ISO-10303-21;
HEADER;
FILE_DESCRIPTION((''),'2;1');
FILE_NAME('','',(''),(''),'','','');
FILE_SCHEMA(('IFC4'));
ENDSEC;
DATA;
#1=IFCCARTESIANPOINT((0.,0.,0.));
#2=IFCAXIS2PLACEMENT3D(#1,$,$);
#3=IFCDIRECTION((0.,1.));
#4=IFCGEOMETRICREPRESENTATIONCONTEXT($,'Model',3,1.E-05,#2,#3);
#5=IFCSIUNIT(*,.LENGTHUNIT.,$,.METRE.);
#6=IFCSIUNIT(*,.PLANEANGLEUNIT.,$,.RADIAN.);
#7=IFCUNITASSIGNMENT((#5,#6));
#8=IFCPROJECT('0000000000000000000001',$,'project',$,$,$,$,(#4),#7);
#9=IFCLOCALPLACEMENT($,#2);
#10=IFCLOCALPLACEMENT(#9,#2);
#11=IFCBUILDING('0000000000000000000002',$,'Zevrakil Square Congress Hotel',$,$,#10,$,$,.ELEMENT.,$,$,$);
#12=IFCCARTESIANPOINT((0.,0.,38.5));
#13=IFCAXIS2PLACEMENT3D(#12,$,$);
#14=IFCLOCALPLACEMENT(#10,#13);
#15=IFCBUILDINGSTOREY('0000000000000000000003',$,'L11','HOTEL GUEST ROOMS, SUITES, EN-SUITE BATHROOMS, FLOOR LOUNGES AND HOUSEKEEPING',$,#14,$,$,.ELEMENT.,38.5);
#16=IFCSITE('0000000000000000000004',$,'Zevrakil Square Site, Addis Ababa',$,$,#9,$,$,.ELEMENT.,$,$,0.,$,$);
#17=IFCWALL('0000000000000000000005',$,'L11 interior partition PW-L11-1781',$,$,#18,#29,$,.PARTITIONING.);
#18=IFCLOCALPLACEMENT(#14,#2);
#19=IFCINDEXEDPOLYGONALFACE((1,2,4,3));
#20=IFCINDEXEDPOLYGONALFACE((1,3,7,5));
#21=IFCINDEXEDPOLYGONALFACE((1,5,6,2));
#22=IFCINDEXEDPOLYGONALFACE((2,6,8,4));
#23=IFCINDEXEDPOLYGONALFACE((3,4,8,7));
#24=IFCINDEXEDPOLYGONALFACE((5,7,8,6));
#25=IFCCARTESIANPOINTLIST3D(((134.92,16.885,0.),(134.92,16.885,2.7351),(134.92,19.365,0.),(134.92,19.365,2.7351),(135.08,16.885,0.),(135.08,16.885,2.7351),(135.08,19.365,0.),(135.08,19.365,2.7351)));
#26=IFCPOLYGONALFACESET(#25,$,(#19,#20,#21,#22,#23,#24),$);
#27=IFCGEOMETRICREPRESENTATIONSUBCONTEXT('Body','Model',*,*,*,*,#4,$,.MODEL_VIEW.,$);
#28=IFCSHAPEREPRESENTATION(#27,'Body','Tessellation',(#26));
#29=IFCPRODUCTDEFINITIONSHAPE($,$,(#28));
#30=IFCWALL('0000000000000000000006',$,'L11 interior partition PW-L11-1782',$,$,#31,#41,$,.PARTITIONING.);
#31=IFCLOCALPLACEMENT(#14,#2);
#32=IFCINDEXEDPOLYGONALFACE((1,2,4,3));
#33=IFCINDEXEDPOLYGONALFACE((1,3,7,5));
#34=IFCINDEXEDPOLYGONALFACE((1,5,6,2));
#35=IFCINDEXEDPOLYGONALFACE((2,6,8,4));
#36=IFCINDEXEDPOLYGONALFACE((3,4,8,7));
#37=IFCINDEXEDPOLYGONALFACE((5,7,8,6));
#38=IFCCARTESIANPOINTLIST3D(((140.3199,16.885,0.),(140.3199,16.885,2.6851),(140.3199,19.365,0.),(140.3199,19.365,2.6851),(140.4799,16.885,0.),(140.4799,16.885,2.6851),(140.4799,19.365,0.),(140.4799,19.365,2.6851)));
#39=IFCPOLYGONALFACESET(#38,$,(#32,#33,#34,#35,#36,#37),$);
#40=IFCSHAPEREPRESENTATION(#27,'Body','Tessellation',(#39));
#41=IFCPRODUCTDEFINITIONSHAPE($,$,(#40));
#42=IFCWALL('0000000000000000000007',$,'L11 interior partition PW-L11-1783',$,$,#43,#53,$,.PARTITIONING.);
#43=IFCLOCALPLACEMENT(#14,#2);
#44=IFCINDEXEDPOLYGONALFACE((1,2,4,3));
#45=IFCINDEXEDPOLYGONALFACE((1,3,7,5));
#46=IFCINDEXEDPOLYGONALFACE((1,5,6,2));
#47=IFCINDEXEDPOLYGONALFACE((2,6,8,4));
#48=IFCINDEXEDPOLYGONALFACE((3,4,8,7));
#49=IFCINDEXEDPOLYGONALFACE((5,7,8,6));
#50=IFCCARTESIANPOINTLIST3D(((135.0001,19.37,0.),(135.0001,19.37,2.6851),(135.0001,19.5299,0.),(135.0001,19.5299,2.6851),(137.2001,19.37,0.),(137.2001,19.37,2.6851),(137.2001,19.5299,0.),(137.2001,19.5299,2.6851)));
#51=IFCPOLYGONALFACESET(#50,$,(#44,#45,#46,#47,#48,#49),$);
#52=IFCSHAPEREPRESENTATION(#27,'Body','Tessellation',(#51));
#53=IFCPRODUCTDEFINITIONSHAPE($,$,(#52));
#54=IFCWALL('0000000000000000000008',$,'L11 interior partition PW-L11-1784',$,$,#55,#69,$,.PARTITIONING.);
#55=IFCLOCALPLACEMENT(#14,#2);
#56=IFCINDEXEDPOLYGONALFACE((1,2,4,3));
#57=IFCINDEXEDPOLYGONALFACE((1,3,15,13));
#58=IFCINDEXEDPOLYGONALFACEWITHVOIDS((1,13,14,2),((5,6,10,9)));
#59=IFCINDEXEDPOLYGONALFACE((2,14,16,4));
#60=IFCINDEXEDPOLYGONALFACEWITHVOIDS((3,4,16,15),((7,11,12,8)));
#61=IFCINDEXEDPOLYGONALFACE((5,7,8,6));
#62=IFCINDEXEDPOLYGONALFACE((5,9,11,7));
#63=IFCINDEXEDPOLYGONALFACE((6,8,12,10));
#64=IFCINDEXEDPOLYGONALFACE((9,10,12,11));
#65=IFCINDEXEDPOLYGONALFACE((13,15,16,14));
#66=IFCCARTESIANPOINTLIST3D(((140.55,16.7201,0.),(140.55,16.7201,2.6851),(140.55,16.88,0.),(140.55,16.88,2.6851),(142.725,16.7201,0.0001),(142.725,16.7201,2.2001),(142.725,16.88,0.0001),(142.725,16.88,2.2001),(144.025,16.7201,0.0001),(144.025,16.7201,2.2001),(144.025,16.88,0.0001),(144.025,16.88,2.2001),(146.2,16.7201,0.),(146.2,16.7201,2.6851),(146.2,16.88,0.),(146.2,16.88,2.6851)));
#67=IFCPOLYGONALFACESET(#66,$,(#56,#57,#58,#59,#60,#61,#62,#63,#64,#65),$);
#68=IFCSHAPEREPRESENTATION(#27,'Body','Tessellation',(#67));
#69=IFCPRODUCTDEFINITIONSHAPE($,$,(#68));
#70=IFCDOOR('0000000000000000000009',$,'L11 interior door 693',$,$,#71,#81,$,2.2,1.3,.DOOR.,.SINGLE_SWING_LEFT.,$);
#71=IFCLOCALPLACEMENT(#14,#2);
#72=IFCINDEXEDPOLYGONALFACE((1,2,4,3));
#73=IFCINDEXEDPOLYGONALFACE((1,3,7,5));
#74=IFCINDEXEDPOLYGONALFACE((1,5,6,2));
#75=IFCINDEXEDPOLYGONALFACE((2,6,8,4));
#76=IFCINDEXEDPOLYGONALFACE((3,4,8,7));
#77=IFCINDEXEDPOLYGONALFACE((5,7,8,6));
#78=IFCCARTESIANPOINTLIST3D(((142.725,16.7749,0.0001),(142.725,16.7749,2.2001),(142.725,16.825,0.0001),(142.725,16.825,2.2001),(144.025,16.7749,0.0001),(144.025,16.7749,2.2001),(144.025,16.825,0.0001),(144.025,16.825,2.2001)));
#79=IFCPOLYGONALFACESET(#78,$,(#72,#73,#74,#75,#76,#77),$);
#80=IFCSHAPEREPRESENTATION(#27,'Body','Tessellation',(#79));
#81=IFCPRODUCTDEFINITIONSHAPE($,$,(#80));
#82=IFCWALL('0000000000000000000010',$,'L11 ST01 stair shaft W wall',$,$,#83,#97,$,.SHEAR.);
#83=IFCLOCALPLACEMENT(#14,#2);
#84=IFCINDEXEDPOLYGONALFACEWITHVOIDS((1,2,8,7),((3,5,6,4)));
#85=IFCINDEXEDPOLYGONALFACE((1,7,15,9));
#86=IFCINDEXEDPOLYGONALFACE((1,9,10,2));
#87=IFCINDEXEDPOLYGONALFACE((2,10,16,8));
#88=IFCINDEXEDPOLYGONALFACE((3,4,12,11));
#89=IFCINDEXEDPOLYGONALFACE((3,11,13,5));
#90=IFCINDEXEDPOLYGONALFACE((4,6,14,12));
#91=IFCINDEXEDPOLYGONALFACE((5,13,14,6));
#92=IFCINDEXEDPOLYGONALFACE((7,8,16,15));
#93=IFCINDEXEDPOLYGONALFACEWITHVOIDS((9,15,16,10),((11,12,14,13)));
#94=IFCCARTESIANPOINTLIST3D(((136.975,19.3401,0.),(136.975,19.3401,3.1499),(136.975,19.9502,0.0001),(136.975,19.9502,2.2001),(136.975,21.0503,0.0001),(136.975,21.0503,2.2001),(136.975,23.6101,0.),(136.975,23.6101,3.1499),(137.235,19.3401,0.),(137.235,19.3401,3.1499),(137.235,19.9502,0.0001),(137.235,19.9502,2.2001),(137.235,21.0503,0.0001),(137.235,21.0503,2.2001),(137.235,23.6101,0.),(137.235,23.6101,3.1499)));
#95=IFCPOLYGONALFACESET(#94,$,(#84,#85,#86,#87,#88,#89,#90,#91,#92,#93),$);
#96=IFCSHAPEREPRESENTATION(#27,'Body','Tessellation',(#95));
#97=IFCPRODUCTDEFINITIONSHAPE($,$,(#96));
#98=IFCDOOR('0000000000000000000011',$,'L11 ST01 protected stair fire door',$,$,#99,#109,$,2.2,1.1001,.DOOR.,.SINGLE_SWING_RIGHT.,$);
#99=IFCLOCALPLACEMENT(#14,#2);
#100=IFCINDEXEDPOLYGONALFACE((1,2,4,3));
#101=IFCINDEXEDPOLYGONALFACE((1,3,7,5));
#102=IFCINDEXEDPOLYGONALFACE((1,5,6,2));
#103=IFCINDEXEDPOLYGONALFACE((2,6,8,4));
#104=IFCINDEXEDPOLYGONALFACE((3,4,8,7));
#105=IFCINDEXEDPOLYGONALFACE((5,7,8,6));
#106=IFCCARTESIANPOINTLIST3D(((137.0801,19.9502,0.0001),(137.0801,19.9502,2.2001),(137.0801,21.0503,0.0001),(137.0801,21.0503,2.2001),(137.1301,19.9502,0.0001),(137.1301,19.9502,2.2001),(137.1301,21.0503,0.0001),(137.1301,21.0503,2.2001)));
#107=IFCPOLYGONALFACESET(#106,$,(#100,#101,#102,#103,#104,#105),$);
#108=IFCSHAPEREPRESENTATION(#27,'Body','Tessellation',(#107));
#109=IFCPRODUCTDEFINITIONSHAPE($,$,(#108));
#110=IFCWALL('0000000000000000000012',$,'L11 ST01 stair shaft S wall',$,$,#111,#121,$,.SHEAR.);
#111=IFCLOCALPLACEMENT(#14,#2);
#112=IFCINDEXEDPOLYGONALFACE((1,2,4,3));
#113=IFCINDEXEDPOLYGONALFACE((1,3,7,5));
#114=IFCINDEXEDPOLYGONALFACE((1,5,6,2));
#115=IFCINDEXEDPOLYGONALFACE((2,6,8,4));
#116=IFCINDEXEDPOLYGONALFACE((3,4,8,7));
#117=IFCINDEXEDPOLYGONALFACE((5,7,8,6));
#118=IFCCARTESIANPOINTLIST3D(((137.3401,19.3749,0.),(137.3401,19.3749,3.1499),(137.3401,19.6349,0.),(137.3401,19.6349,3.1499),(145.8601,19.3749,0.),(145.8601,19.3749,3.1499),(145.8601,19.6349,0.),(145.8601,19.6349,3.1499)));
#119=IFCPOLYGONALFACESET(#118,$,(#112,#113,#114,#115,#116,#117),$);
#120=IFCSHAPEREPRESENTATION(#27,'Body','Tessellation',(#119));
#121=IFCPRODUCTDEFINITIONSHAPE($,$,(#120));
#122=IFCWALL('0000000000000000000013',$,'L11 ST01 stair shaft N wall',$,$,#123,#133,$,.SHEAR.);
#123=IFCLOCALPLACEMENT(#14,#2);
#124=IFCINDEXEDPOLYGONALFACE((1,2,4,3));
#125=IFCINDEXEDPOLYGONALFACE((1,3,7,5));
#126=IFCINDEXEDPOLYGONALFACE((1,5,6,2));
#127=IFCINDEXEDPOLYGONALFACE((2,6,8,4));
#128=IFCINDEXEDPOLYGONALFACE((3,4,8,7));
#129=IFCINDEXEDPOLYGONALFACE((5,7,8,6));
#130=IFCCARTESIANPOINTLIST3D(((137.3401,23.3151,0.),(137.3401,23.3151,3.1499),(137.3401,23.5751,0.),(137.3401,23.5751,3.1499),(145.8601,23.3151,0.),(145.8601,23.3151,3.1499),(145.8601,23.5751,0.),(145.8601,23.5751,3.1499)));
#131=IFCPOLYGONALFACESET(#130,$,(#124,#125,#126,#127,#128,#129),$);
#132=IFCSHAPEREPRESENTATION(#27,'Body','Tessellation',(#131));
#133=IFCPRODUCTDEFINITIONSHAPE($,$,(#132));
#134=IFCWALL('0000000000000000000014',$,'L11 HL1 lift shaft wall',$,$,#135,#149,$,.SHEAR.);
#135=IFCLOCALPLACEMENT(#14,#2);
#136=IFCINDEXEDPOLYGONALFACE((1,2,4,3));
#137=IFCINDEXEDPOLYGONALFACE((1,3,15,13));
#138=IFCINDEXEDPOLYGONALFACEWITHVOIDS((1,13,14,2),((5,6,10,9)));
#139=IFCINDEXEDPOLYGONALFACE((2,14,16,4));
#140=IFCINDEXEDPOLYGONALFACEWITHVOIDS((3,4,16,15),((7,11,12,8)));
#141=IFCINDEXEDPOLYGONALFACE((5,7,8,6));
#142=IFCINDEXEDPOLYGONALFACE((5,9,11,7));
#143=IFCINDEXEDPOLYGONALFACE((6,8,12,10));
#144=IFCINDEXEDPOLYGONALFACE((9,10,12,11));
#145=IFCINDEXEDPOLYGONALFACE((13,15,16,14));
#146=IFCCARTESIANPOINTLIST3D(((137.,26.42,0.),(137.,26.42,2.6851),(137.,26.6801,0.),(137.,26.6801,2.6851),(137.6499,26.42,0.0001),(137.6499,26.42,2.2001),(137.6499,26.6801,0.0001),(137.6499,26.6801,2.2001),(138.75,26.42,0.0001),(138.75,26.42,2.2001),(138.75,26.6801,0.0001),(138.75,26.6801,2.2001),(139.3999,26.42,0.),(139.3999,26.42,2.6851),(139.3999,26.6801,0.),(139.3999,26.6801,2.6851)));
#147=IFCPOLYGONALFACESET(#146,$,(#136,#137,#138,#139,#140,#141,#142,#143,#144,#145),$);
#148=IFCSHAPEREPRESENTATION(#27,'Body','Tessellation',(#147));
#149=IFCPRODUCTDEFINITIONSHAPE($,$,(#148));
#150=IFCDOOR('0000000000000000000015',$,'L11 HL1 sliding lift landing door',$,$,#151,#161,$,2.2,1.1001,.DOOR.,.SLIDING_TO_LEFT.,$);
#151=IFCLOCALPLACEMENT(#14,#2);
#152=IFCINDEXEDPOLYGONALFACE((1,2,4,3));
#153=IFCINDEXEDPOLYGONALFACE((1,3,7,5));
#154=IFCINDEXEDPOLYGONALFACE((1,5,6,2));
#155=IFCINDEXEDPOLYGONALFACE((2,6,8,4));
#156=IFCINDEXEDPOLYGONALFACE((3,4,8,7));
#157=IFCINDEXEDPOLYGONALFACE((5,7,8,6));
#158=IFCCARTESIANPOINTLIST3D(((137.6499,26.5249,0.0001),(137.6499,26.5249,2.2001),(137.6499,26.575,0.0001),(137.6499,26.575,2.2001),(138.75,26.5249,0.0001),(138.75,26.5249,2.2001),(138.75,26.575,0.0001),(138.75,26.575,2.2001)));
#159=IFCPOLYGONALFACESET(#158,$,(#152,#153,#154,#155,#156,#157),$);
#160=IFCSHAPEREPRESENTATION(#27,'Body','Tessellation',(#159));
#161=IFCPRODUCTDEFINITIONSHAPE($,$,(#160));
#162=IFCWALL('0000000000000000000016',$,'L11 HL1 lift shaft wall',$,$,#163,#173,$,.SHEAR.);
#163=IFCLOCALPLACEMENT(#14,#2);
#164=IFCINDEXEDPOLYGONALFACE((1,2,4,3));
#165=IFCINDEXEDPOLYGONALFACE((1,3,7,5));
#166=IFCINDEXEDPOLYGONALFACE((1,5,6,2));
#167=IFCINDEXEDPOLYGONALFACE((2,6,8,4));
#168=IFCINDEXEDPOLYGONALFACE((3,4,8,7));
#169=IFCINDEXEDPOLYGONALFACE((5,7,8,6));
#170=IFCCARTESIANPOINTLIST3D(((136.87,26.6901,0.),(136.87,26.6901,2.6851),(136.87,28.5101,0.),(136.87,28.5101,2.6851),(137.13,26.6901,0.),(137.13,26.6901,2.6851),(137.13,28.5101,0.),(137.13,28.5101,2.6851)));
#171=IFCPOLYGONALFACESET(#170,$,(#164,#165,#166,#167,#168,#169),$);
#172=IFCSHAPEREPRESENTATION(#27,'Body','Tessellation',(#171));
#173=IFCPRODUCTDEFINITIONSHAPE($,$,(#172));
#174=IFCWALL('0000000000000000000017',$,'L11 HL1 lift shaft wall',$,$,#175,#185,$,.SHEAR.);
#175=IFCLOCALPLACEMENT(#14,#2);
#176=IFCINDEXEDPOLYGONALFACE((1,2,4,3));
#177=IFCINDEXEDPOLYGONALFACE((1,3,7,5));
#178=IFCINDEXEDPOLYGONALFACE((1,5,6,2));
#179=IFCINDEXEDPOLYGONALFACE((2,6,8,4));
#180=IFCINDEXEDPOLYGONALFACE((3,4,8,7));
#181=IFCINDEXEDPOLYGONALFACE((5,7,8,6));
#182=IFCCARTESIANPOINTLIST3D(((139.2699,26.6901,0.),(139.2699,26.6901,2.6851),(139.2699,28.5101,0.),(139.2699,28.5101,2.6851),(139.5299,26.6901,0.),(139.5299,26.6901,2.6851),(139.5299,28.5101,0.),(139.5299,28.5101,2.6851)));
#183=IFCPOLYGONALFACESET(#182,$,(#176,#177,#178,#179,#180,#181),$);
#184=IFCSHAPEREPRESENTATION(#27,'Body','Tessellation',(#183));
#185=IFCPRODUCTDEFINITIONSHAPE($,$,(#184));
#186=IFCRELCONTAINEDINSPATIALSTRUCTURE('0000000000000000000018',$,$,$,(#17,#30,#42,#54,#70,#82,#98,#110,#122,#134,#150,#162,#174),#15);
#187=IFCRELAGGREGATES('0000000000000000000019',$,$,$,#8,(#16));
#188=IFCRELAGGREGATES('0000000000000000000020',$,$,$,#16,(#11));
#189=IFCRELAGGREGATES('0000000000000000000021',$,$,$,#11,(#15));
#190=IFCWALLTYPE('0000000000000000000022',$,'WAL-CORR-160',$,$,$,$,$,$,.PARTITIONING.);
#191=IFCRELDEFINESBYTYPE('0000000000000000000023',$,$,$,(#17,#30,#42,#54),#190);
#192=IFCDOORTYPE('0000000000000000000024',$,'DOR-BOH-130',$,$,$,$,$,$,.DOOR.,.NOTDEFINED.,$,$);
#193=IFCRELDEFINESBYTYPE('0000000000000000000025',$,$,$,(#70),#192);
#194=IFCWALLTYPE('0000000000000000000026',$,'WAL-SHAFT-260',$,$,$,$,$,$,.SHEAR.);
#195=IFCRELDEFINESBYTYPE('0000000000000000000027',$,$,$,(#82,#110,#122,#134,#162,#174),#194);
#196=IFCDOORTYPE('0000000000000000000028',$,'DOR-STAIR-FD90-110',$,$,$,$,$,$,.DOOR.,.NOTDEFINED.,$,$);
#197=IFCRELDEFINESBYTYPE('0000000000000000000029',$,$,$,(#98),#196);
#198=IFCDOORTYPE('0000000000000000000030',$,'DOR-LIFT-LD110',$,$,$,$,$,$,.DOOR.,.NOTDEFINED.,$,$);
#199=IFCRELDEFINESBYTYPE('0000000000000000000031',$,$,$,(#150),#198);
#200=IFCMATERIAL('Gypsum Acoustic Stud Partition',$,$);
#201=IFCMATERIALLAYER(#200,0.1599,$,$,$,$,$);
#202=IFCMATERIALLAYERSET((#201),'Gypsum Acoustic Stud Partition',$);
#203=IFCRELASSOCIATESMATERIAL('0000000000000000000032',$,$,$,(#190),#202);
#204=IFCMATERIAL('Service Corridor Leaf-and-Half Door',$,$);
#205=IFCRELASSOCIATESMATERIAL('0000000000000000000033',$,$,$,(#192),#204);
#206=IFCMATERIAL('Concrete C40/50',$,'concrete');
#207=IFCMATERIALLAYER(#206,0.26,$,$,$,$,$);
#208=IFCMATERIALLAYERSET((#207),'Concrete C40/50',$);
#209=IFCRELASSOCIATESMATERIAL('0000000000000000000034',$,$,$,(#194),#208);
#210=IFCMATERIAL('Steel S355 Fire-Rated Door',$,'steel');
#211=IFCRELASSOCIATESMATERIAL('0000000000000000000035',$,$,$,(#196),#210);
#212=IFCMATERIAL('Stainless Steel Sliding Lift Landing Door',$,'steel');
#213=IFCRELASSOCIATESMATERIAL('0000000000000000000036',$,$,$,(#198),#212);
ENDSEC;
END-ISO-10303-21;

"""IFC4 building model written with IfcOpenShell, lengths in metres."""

from ifc_helpers import new_model, si_unit, direction, frame, frame_2d, origin, place, context, subcontext, project, spatial, rectangle, extrude, material, layer, layer_set, type_object, element, fill, save


model = new_model("IFC4")

# Units and contexts
model_context = context("Model", 3, precision=1e-05, world=origin(), true_north=direction((0.0, 1.0)))
body_context = subcontext(model_context, "Body", "Model", "MODEL_VIEW")
ifc_project = project(units=[si_unit("LENGTHUNIT", "METRE"), si_unit("PLANEANGLEUNIT", "RADIAN")], contexts=[model_context])

# Site, building, storey
site_placement = place(None, origin())
site = spatial("IfcSite", under=ifc_project, at=site_placement, Name="Zevrakil Square Site, Addis Ababa", CompositionType="ELEMENT", RefElevation=0.0)
building_placement = place(site_placement, origin())
building = spatial("IfcBuilding", under=site, at=building_placement, Name="Zevrakil Square Congress Hotel", CompositionType="ELEMENT")
storey_placement = place(building_placement, frame((0.0, 0.0, 38.5)))
storey = spatial("IfcBuildingStorey", under=building, at=storey_placement, Name="L11", Description="HOTEL GUEST ROOMS, SUITES, EN-SUITE BATHROOMS, FLOOR LOUNGES AND HOUSEKEEPING", CompositionType="ELEMENT", Elevation=38.5)

# Walls
ifc_material_1 = material(Name="Gypsum Acoustic Stud Partition")
ifc_layer_1 = layer(ifc_material_1, 0.1599)
ifc_layer_set_1 = layer_set([ifc_layer_1], Name="Gypsum Acoustic Stud Partition")
wall_type_1 = type_object("IfcWallType", Name="WAL-CORR-160", PredefinedType="PARTITIONING", material=ifc_layer_set_1)
wall_1_placement = place(storey_placement, frame((135.0, 16.885, 0.0), z_axis=(0.0, 0.0, 1.0), x_axis=(0.0, 1.0, 0.0)))
element("IfcWall", 1, at=wall_1_placement, inside=storey, type_object=wall_type_1, Name="L11 interior partition PW-L11-1781", PredefinedType="PARTITIONING", context=body_context, shape_type="SweptSolid", body=[
    extrude(rectangle(XDim=2.48, YDim=0.1599, at=frame_2d((1.24, 0.0))), origin(), (0.0, 0.0, 1.0), 2.7351),
])
wall_2_placement = place(storey_placement, frame((140.3999, 16.885, 0.0), z_axis=(0.0, 0.0, 1.0), x_axis=(0.0, 1.0, 0.0)))
element("IfcWall", 2, at=wall_2_placement, inside=storey, type_object=wall_type_1, Name="L11 interior partition PW-L11-1782", PredefinedType="PARTITIONING", context=body_context, shape_type="SweptSolid", body=[
    extrude(rectangle(XDim=2.48, YDim=0.1599, at=frame_2d((1.24, 0.0))), origin(), (0.0, 0.0, 1.0), 2.6851),
])
wall_3_placement = place(storey_placement, frame((135.0, 19.45, 0.0), z_axis=(0.0, 0.0, 1.0), x_axis=(1.0, 0.0, 0.0)))
element("IfcWall", 3, at=wall_3_placement, inside=storey, type_object=wall_type_1, Name="L11 interior partition PW-L11-1783", PredefinedType="PARTITIONING", context=body_context, shape_type="SweptSolid", body=[
    extrude(rectangle(XDim=2.2, YDim=0.1599, at=frame_2d((1.1001, 0.0))), origin(), (0.0, 0.0, 1.0), 2.6851),
])

# Walls, openings, doors
wall_4_placement = place(storey_placement, frame((140.55, 16.8, 0.0), z_axis=(0.0, 0.0, 1.0), x_axis=(1.0, 0.0, 0.0)))
wall_4 = element("IfcWall", 4, at=wall_4_placement, inside=storey, type_object=wall_type_1, Name="L11 interior partition PW-L11-1784", PredefinedType="PARTITIONING", context=body_context, shape_type="SweptSolid", body=[
    extrude(rectangle(XDim=5.6499, YDim=0.1599, at=frame_2d((2.825, 0.0))), origin(), (0.0, 0.0, 1.0), 2.6851),
])
opening_1_placement = place(wall_4_placement, frame((2.175, 0.0, 0.0)))
opening_1 = element("IfcOpeningElement", 5, at=opening_1_placement, cuts=wall_4, PredefinedType="OPENING", context=body_context, shape_type="SweptSolid", body=[
    extrude(rectangle(XDim=1.3, YDim=2.2, at=frame_2d((0.6499, 1.1001))), frame((0.0, 0.0898, 0.0), z_axis=(0.0, -1.0, 0.0), x_axis=(1.0, 0.0, 0.0)), (0.0, 0.0, 1.0), 0.1799),
])
ifc_material_2 = material(Name="Service Corridor Leaf-and-Half Door")
door_type_1 = type_object("IfcDoorType", Name="DOR-BOH-130", OperationType="NOTDEFINED", PredefinedType="DOOR", material=ifc_material_2)
door_1_placement = place(opening_1_placement, origin())
door_1 = element("IfcDoor", 6, at=door_1_placement, inside=storey, type_object=door_type_1, Name="L11 interior door 693", OperationType="SINGLE_SWING_LEFT", OverallHeight=2.2, OverallWidth=1.3, PredefinedType="DOOR", context=body_context, shape_type="SweptSolid", body=[
    extrude(rectangle(XDim=1.3, YDim=2.2, at=frame_2d((0.6499, 1.1001))), frame((0.0, 0.0249, 0.0), z_axis=(0.0, -1.0, 0.0), x_axis=(1.0, 0.0, 0.0)), (0.0, 0.0, 1.0), 0.05),
])
fill(opening_1, door_1)
ifc_material_3 = material(Name="Concrete C40/50", Category="concrete")
ifc_layer_2 = layer(ifc_material_3, 0.26)
ifc_layer_set_2 = layer_set([ifc_layer_2], Name="Concrete C40/50")
wall_type_2 = type_object("IfcWallType", Name="WAL-SHAFT-260", PredefinedType="SHEAR", material=ifc_layer_set_2)
wall_5_placement = place(storey_placement, frame((137.105, 19.3401, 0.0), z_axis=(0.0, 0.0, 1.0), x_axis=(0.0, 1.0, 0.0)))
wall_5 = element("IfcWall", 7, at=wall_5_placement, inside=storey, type_object=wall_type_2, Name="L11 ST01 stair shaft W wall", PredefinedType="SHEAR", context=body_context, shape_type="SweptSolid", body=[
    extrude(rectangle(XDim=4.27, YDim=0.26, at=frame_2d((2.135, 0.0))), origin(), (0.0, 0.0, 1.0), 3.1499),
])
opening_2_placement = place(wall_5_placement, frame((0.6101, 0.0, 0.0)))
opening_2 = element("IfcOpeningElement", 8, at=opening_2_placement, cuts=wall_5, PredefinedType="OPENING", context=body_context, shape_type="SweptSolid", body=[
    extrude(rectangle(XDim=1.1001, YDim=2.2, at=frame_2d((0.55, 1.1001))), frame((0.0, 0.1401, 0.0), z_axis=(0.0, -1.0, 0.0), x_axis=(1.0, 0.0, 0.0)), (0.0, 0.0, 1.0), 0.28),
])
ifc_material_4 = material(Name="Steel S355 Fire-Rated Door", Category="steel")
door_type_2 = type_object("IfcDoorType", Name="DOR-STAIR-FD90-110", OperationType="NOTDEFINED", PredefinedType="DOOR", material=ifc_material_4)
door_2_placement = place(opening_2_placement, origin())
door_2 = element("IfcDoor", 9, at=door_2_placement, inside=storey, type_object=door_type_2, Name="L11 ST01 protected stair fire door", OperationType="SINGLE_SWING_RIGHT", OverallHeight=2.2, OverallWidth=1.1001, PredefinedType="DOOR", context=body_context, shape_type="SweptSolid", body=[
    extrude(rectangle(XDim=1.1001, YDim=2.2, at=frame_2d((0.55, 1.1001))), frame((0.0, 0.0249, 0.0), z_axis=(0.0, -1.0, 0.0), x_axis=(1.0, 0.0, 0.0)), (0.0, 0.0, 1.0), 0.05),
])
fill(opening_2, door_2)

# Walls
for number, where, z_axis, x_axis, name in (
    (10, (137.3401, 19.5049, 0.0), (0.0, 0.0, 1.0), (1.0, 0.0, 0.0), "L11 ST01 stair shaft S wall"),
    (11, (137.3401, 23.4451, 0.0), (0.0, 0.0, 1.0), (1.0, 0.0, 0.0), "L11 ST01 stair shaft N wall"),
):
    element("IfcWall", number, at=place(storey_placement, frame(where, z_axis=z_axis, x_axis=x_axis)), inside=storey, type_object=wall_type_2, Name=name, PredefinedType="SHEAR", context=body_context, shape_type="SweptSolid", body=[
        extrude(rectangle(XDim=8.52, YDim=0.26, at=frame_2d((4.26, 0.0))), origin(), (0.0, 0.0, 1.0), 3.1499),
    ])

# Wall, opening, door
wall_6_placement = place(storey_placement, frame((137.0, 26.55, 0.0), z_axis=(0.0, 0.0, 1.0), x_axis=(1.0, 0.0, 0.0)))
wall_6 = element("IfcWall", 12, at=wall_6_placement, inside=storey, type_object=wall_type_2, Name="L11 HL1 lift shaft wall", PredefinedType="SHEAR", context=body_context, shape_type="SweptSolid", body=[
    extrude(rectangle(XDim=2.3999, YDim=0.26, at=frame_2d((1.2, 0.0))), origin(), (0.0, 0.0, 1.0), 2.6851),
])
opening_3_placement = place(wall_6_placement, frame((0.6499, 0.0, 0.0)))
opening_3 = element("IfcOpeningElement", 13, at=opening_3_placement, cuts=wall_6, PredefinedType="OPENING", context=body_context, shape_type="SweptSolid", body=[
    extrude(rectangle(XDim=1.1001, YDim=2.2, at=frame_2d((0.55, 1.1001))), frame((0.0, 0.1401, 0.0), z_axis=(0.0, -1.0, 0.0), x_axis=(1.0, 0.0, 0.0)), (0.0, 0.0, 1.0), 0.28),
])
ifc_material_5 = material(Name="Stainless Steel Sliding Lift Landing Door", Category="steel")
door_type_3 = type_object("IfcDoorType", Name="DOR-LIFT-LD110", OperationType="NOTDEFINED", PredefinedType="DOOR", material=ifc_material_5)
door_3_placement = place(opening_3_placement, origin())
door_3 = element("IfcDoor", 14, at=door_3_placement, inside=storey, type_object=door_type_3, Name="L11 HL1 sliding lift landing door", OperationType="SLIDING_TO_LEFT", OverallHeight=2.2, OverallWidth=1.1001, PredefinedType="DOOR", context=body_context, shape_type="SweptSolid", body=[
    extrude(rectangle(XDim=1.1001, YDim=2.2, at=frame_2d((0.55, 1.1001))), frame((0.0, 0.0249, 0.0), z_axis=(0.0, -1.0, 0.0), x_axis=(1.0, 0.0, 0.0)), (0.0, 0.0, 1.0), 0.05),
])
fill(opening_3, door_3)

# Walls
for number, where, z_axis, x_axis, name in (
    (15, (137.0, 26.6899, 0.0), (0.0, 0.0, 1.0), (0.0, 1.0, 0.0), "L11 HL1 lift shaft wall"),
    (16, (139.3999, 26.6899, 0.0), (0.0, 0.0, 1.0), (0.0, 1.0, 0.0), "L11 HL1 lift shaft wall"),
):
    element("IfcWall", number, at=place(storey_placement, frame(where, z_axis=z_axis, x_axis=x_axis)), inside=storey, type_object=wall_type_2, Name=name, PredefinedType="SHEAR", context=body_context, shape_type="SweptSolid", body=[
        extrude(rectangle(XDim=1.8201, YDim=0.26, at=frame_2d((0.9102, 0.0))), origin(), (0.0, 0.0, 1.0), 2.6851),
    ])

save(model, "model.ifc")
